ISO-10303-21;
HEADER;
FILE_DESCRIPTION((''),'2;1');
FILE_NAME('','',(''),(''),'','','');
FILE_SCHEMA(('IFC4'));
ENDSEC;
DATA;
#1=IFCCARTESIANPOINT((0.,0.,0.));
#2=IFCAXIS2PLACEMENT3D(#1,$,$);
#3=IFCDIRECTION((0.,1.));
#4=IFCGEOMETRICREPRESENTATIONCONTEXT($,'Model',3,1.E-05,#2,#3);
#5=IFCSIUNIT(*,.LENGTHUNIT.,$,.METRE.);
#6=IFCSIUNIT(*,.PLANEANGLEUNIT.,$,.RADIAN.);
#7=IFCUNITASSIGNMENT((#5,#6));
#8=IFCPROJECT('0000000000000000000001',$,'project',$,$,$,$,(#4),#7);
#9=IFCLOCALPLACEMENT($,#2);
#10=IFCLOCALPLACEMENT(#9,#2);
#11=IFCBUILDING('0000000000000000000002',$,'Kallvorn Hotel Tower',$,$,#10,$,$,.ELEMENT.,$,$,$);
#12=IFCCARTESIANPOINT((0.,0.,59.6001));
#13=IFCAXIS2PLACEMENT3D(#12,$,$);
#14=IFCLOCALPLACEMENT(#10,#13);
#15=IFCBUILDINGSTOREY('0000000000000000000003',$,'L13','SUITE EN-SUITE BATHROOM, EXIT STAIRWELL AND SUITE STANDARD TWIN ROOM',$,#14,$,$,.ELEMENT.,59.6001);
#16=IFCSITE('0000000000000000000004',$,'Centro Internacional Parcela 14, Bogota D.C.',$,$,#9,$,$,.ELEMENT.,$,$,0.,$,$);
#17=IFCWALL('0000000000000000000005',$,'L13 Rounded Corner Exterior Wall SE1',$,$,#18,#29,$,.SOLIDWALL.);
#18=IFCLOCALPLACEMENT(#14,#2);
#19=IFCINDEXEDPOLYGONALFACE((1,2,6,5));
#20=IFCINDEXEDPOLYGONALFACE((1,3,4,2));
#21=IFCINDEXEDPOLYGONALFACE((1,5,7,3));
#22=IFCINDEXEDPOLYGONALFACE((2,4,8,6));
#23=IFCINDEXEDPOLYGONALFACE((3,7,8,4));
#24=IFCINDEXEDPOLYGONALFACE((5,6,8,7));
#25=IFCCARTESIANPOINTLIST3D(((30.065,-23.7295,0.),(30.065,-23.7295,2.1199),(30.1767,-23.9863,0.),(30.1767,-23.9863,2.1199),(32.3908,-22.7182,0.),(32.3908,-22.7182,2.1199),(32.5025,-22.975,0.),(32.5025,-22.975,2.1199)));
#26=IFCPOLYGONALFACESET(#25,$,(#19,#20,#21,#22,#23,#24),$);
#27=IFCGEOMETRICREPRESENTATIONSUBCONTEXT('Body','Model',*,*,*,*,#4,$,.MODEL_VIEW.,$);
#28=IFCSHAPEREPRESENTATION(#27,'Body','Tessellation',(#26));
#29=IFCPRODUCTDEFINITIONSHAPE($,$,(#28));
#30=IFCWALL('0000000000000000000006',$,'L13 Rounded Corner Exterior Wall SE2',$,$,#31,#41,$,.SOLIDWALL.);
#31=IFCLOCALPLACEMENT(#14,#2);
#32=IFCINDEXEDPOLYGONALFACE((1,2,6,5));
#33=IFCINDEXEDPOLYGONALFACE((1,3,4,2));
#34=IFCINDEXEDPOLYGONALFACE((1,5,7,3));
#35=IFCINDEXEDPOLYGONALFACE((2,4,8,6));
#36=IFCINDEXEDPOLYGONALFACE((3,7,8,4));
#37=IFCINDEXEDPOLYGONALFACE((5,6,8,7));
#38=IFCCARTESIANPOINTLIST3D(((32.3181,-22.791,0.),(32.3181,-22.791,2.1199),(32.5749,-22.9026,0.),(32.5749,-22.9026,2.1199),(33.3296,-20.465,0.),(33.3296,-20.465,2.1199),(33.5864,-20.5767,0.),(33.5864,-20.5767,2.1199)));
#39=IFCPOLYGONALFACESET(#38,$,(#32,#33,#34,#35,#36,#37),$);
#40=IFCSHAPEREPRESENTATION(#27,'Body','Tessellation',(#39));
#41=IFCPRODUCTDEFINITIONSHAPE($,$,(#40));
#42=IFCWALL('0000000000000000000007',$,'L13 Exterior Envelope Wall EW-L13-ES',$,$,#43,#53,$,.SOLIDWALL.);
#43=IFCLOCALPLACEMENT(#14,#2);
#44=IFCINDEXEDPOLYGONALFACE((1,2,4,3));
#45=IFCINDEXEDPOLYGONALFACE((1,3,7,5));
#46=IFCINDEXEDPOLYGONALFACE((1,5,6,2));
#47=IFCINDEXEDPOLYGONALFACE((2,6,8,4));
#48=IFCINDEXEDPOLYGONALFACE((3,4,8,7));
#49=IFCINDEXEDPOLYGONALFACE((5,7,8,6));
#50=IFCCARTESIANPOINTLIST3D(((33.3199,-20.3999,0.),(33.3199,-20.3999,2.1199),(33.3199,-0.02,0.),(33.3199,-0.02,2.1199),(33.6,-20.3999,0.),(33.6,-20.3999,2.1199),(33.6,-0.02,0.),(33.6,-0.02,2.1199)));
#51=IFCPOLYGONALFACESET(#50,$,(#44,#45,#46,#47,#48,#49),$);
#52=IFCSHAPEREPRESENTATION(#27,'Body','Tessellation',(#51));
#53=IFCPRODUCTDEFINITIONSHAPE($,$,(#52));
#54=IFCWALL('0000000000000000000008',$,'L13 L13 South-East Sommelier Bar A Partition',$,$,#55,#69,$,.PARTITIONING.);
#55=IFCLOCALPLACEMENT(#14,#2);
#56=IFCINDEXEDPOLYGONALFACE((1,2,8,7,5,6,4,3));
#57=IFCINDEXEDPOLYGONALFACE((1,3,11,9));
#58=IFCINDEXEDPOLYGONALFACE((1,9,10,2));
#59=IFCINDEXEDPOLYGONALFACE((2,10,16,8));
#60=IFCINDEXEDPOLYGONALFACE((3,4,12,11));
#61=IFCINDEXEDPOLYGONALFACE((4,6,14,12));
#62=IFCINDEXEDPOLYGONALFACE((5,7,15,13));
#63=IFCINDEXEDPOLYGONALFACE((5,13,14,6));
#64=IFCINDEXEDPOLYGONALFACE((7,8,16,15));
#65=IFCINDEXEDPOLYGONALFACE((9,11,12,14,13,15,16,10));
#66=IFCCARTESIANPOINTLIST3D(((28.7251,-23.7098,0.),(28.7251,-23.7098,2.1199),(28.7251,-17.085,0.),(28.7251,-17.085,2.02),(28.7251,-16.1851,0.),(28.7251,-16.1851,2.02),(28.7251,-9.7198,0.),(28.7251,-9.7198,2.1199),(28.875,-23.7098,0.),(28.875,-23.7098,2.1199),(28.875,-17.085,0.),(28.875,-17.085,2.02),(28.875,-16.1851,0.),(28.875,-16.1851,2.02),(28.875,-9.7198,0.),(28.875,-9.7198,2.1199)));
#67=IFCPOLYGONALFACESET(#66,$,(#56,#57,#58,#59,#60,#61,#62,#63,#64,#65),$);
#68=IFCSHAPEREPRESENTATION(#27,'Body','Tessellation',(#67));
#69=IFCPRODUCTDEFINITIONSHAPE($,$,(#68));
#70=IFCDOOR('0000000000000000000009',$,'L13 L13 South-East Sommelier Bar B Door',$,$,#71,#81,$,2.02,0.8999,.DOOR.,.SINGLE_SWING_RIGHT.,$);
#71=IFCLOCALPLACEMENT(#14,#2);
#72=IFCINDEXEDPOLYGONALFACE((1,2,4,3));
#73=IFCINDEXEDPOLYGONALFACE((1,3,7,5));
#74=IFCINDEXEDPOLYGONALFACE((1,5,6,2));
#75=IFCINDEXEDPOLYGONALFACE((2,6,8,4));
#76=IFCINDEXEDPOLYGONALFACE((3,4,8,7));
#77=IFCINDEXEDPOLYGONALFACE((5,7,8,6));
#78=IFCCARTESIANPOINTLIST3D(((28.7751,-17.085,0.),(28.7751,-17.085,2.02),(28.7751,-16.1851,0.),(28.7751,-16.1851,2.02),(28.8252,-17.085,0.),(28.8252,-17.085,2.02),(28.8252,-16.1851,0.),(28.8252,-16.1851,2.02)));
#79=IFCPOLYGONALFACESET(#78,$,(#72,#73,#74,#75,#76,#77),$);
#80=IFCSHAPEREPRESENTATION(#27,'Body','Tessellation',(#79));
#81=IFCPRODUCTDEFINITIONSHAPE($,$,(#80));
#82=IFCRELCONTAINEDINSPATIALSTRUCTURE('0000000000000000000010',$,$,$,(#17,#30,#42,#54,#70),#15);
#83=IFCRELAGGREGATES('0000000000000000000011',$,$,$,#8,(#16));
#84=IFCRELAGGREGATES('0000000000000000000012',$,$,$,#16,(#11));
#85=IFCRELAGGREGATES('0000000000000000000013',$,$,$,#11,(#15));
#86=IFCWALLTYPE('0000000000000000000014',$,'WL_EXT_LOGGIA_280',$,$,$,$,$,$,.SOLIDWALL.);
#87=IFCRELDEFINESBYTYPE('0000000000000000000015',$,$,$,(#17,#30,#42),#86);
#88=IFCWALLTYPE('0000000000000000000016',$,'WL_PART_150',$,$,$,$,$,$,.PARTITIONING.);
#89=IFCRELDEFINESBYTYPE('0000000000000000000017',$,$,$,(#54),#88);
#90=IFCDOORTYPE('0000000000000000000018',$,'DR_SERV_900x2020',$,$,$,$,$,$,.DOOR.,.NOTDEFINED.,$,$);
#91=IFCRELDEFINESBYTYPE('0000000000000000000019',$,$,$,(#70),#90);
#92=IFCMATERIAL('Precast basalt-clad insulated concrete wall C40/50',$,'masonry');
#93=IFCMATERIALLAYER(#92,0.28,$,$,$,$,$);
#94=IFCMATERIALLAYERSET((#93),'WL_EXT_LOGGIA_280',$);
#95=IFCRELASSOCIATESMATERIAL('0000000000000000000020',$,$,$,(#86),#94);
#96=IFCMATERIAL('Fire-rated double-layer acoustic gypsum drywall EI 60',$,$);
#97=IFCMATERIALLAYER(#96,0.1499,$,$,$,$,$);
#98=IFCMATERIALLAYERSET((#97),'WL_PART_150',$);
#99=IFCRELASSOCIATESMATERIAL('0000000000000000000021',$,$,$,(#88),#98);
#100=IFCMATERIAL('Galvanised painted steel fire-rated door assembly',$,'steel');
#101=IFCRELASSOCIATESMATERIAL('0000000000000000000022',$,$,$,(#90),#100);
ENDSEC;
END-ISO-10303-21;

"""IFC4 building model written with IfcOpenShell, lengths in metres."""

from ifc_helpers import new_model, si_unit, direction, frame, frame_2d, origin, place, context, subcontext, project, spatial, rectangle, extrude, material, layer, layer_set, type_object, element, fill, save


model = new_model("IFC4")

# Units and contexts
model_context = context("Model", 3, precision=1e-05, world=origin(), true_north=direction((0.0, 1.0)))
body_context = subcontext(model_context, "Body", "Model", "MODEL_VIEW")
ifc_project = project(units=[si_unit("LENGTHUNIT", "METRE"), si_unit("PLANEANGLEUNIT", "RADIAN")], contexts=[model_context])

# Site, building, storey
site_placement = place(None, origin())
site = spatial("IfcSite", under=ifc_project, at=site_placement, Name="Centro Internacional Parcela 14, Bogota D.C.", CompositionType="ELEMENT", RefElevation=0.0)
building_placement = place(site_placement, origin())
building = spatial("IfcBuilding", under=site, at=building_placement, Name="Kallvorn Hotel Tower", CompositionType="ELEMENT")
storey_placement = place(building_placement, frame((0.0, 0.0, 59.6001)))
storey = spatial("IfcBuildingStorey", under=building, at=storey_placement, Name="L13", Description="SUITE EN-SUITE BATHROOM, EXIT STAIRWELL AND SUITE STANDARD TWIN ROOM", CompositionType="ELEMENT", Elevation=59.6001)

# Walls
ifc_material_1 = material(Name="Precast basalt-clad insulated concrete wall C40/50", Category="masonry")
ifc_layer_1 = layer(ifc_material_1, 0.28)
ifc_layer_set_1 = layer_set([ifc_layer_1], Name="WL_EXT_LOGGIA_280")
wall_type_1 = type_object("IfcWallType", Name="WL_EXT_LOGGIA_280", PredefinedType="SOLIDWALL", material=ifc_layer_set_1)
wall_1_placement = place(storey_placement, frame((30.1208, -23.8579, 0.0), z_axis=(0.0, 0.0, 1.0), x_axis=(0.917061, 0.398747, 0.0)))
element("IfcWall", 1, at=wall_1_placement, inside=storey, type_object=wall_type_1, Name="L13 Rounded Corner Exterior Wall SE1", PredefinedType="SOLIDWALL", context=body_context, shape_type="SweptSolid", body=[
    extrude(rectangle(XDim=2.5361, YDim=0.28, at=frame_2d((1.2681, 0.0))), origin(), (0.0, 0.0, 1.0), 2.1199),
])
wall_2_placement = place(storey_placement, frame((32.4465, -22.8467, 0.0), z_axis=(0.0, 0.0, 1.0), x_axis=(0.398793, 0.917041, 0.0)))
element("IfcWall", 2, at=wall_2_placement, inside=storey, type_object=wall_type_1, Name="L13 Rounded Corner Exterior Wall SE2", PredefinedType="SOLIDWALL", context=body_context, shape_type="SweptSolid", body=[
    extrude(rectangle(XDim=2.5364, YDim=0.28, at=frame_2d((1.2681, 0.0))), origin(), (0.0, 0.0, 1.0), 2.1199),
])
wall_3_placement = place(storey_placement, frame((33.46, -20.3999, 0.0), z_axis=(0.0, 0.0, 1.0), x_axis=(0.0, 1.0, 0.0)))
element("IfcWall", 3, at=wall_3_placement, inside=storey, type_object=wall_type_1, Name="L13 Exterior Envelope Wall EW-L13-ES", PredefinedType="SOLIDWALL", context=body_context, shape_type="SweptSolid", body=[
    extrude(rectangle(XDim=20.3799, YDim=0.28, at=frame_2d((10.1899, 0.0))), origin(), (0.0, 0.0, 1.0), 2.1199),
])

# Wall, opening, door
ifc_material_2 = material(Name="Fire-rated double-layer acoustic gypsum drywall EI 60")
ifc_layer_2 = layer(ifc_material_2, 0.1499)
ifc_layer_set_2 = layer_set([ifc_layer_2], Name="WL_PART_150")
wall_type_2 = type_object("IfcWallType", Name="WL_PART_150", PredefinedType="PARTITIONING", material=ifc_layer_set_2)
wall_4_placement = place(storey_placement, frame((28.8, -23.71, 0.0), z_axis=(0.0, 0.0, 1.0), x_axis=(0.0, 1.0, 0.0)))
wall_4 = element("IfcWall", 4, at=wall_4_placement, inside=storey, type_object=wall_type_2, Name="L13 L13 South-East Sommelier Bar A Partition", PredefinedType="PARTITIONING", context=body_context, shape_type="SweptSolid", body=[
    extrude(rectangle(XDim=13.99, YDim=0.1499, at=frame_2d((6.9951, 0.0))), origin(), (0.0, 0.0, 1.0), 2.1199),
])
opening_placement = place(wall_4_placement, frame((6.625, 0.0, 0.0)))
opening = element("IfcOpeningElement", 5, at=opening_placement, cuts=wall_4, PredefinedType="OPENING", context=body_context, shape_type="SweptSolid", body=[
    extrude(rectangle(XDim=0.8999, YDim=2.02, at=frame_2d((0.45, 1.01))), frame((0.0, 0.0898, 0.0), z_axis=(0.0, -1.0, 0.0), x_axis=(1.0, 0.0, 0.0)), (0.0, 0.0, 1.0), 0.1799),
])
ifc_material_3 = material(Name="Galvanised painted steel fire-rated door assembly", Category="steel")
door_type = type_object("IfcDoorType", Name="DR_SERV_900x2020", OperationType="NOTDEFINED", PredefinedType="DOOR", material=ifc_material_3)
door_placement = place(opening_placement, origin())
door = element("IfcDoor", 6, at=door_placement, inside=storey, type_object=door_type, Name="L13 L13 South-East Sommelier Bar B Door", OperationType="SINGLE_SWING_RIGHT", OverallHeight=2.02, OverallWidth=0.8999, PredefinedType="DOOR", context=body_context, shape_type="SweptSolid", body=[
    extrude(rectangle(XDim=0.8999, YDim=2.02, at=frame_2d((0.45, 1.01))), frame((0.0, 0.0249, 0.0), z_axis=(0.0, -1.0, 0.0), x_axis=(1.0, 0.0, 0.0)), (0.0, 0.0, 1.0), 0.05),
])
fill(opening, door)

save(model, "model.ifc")
